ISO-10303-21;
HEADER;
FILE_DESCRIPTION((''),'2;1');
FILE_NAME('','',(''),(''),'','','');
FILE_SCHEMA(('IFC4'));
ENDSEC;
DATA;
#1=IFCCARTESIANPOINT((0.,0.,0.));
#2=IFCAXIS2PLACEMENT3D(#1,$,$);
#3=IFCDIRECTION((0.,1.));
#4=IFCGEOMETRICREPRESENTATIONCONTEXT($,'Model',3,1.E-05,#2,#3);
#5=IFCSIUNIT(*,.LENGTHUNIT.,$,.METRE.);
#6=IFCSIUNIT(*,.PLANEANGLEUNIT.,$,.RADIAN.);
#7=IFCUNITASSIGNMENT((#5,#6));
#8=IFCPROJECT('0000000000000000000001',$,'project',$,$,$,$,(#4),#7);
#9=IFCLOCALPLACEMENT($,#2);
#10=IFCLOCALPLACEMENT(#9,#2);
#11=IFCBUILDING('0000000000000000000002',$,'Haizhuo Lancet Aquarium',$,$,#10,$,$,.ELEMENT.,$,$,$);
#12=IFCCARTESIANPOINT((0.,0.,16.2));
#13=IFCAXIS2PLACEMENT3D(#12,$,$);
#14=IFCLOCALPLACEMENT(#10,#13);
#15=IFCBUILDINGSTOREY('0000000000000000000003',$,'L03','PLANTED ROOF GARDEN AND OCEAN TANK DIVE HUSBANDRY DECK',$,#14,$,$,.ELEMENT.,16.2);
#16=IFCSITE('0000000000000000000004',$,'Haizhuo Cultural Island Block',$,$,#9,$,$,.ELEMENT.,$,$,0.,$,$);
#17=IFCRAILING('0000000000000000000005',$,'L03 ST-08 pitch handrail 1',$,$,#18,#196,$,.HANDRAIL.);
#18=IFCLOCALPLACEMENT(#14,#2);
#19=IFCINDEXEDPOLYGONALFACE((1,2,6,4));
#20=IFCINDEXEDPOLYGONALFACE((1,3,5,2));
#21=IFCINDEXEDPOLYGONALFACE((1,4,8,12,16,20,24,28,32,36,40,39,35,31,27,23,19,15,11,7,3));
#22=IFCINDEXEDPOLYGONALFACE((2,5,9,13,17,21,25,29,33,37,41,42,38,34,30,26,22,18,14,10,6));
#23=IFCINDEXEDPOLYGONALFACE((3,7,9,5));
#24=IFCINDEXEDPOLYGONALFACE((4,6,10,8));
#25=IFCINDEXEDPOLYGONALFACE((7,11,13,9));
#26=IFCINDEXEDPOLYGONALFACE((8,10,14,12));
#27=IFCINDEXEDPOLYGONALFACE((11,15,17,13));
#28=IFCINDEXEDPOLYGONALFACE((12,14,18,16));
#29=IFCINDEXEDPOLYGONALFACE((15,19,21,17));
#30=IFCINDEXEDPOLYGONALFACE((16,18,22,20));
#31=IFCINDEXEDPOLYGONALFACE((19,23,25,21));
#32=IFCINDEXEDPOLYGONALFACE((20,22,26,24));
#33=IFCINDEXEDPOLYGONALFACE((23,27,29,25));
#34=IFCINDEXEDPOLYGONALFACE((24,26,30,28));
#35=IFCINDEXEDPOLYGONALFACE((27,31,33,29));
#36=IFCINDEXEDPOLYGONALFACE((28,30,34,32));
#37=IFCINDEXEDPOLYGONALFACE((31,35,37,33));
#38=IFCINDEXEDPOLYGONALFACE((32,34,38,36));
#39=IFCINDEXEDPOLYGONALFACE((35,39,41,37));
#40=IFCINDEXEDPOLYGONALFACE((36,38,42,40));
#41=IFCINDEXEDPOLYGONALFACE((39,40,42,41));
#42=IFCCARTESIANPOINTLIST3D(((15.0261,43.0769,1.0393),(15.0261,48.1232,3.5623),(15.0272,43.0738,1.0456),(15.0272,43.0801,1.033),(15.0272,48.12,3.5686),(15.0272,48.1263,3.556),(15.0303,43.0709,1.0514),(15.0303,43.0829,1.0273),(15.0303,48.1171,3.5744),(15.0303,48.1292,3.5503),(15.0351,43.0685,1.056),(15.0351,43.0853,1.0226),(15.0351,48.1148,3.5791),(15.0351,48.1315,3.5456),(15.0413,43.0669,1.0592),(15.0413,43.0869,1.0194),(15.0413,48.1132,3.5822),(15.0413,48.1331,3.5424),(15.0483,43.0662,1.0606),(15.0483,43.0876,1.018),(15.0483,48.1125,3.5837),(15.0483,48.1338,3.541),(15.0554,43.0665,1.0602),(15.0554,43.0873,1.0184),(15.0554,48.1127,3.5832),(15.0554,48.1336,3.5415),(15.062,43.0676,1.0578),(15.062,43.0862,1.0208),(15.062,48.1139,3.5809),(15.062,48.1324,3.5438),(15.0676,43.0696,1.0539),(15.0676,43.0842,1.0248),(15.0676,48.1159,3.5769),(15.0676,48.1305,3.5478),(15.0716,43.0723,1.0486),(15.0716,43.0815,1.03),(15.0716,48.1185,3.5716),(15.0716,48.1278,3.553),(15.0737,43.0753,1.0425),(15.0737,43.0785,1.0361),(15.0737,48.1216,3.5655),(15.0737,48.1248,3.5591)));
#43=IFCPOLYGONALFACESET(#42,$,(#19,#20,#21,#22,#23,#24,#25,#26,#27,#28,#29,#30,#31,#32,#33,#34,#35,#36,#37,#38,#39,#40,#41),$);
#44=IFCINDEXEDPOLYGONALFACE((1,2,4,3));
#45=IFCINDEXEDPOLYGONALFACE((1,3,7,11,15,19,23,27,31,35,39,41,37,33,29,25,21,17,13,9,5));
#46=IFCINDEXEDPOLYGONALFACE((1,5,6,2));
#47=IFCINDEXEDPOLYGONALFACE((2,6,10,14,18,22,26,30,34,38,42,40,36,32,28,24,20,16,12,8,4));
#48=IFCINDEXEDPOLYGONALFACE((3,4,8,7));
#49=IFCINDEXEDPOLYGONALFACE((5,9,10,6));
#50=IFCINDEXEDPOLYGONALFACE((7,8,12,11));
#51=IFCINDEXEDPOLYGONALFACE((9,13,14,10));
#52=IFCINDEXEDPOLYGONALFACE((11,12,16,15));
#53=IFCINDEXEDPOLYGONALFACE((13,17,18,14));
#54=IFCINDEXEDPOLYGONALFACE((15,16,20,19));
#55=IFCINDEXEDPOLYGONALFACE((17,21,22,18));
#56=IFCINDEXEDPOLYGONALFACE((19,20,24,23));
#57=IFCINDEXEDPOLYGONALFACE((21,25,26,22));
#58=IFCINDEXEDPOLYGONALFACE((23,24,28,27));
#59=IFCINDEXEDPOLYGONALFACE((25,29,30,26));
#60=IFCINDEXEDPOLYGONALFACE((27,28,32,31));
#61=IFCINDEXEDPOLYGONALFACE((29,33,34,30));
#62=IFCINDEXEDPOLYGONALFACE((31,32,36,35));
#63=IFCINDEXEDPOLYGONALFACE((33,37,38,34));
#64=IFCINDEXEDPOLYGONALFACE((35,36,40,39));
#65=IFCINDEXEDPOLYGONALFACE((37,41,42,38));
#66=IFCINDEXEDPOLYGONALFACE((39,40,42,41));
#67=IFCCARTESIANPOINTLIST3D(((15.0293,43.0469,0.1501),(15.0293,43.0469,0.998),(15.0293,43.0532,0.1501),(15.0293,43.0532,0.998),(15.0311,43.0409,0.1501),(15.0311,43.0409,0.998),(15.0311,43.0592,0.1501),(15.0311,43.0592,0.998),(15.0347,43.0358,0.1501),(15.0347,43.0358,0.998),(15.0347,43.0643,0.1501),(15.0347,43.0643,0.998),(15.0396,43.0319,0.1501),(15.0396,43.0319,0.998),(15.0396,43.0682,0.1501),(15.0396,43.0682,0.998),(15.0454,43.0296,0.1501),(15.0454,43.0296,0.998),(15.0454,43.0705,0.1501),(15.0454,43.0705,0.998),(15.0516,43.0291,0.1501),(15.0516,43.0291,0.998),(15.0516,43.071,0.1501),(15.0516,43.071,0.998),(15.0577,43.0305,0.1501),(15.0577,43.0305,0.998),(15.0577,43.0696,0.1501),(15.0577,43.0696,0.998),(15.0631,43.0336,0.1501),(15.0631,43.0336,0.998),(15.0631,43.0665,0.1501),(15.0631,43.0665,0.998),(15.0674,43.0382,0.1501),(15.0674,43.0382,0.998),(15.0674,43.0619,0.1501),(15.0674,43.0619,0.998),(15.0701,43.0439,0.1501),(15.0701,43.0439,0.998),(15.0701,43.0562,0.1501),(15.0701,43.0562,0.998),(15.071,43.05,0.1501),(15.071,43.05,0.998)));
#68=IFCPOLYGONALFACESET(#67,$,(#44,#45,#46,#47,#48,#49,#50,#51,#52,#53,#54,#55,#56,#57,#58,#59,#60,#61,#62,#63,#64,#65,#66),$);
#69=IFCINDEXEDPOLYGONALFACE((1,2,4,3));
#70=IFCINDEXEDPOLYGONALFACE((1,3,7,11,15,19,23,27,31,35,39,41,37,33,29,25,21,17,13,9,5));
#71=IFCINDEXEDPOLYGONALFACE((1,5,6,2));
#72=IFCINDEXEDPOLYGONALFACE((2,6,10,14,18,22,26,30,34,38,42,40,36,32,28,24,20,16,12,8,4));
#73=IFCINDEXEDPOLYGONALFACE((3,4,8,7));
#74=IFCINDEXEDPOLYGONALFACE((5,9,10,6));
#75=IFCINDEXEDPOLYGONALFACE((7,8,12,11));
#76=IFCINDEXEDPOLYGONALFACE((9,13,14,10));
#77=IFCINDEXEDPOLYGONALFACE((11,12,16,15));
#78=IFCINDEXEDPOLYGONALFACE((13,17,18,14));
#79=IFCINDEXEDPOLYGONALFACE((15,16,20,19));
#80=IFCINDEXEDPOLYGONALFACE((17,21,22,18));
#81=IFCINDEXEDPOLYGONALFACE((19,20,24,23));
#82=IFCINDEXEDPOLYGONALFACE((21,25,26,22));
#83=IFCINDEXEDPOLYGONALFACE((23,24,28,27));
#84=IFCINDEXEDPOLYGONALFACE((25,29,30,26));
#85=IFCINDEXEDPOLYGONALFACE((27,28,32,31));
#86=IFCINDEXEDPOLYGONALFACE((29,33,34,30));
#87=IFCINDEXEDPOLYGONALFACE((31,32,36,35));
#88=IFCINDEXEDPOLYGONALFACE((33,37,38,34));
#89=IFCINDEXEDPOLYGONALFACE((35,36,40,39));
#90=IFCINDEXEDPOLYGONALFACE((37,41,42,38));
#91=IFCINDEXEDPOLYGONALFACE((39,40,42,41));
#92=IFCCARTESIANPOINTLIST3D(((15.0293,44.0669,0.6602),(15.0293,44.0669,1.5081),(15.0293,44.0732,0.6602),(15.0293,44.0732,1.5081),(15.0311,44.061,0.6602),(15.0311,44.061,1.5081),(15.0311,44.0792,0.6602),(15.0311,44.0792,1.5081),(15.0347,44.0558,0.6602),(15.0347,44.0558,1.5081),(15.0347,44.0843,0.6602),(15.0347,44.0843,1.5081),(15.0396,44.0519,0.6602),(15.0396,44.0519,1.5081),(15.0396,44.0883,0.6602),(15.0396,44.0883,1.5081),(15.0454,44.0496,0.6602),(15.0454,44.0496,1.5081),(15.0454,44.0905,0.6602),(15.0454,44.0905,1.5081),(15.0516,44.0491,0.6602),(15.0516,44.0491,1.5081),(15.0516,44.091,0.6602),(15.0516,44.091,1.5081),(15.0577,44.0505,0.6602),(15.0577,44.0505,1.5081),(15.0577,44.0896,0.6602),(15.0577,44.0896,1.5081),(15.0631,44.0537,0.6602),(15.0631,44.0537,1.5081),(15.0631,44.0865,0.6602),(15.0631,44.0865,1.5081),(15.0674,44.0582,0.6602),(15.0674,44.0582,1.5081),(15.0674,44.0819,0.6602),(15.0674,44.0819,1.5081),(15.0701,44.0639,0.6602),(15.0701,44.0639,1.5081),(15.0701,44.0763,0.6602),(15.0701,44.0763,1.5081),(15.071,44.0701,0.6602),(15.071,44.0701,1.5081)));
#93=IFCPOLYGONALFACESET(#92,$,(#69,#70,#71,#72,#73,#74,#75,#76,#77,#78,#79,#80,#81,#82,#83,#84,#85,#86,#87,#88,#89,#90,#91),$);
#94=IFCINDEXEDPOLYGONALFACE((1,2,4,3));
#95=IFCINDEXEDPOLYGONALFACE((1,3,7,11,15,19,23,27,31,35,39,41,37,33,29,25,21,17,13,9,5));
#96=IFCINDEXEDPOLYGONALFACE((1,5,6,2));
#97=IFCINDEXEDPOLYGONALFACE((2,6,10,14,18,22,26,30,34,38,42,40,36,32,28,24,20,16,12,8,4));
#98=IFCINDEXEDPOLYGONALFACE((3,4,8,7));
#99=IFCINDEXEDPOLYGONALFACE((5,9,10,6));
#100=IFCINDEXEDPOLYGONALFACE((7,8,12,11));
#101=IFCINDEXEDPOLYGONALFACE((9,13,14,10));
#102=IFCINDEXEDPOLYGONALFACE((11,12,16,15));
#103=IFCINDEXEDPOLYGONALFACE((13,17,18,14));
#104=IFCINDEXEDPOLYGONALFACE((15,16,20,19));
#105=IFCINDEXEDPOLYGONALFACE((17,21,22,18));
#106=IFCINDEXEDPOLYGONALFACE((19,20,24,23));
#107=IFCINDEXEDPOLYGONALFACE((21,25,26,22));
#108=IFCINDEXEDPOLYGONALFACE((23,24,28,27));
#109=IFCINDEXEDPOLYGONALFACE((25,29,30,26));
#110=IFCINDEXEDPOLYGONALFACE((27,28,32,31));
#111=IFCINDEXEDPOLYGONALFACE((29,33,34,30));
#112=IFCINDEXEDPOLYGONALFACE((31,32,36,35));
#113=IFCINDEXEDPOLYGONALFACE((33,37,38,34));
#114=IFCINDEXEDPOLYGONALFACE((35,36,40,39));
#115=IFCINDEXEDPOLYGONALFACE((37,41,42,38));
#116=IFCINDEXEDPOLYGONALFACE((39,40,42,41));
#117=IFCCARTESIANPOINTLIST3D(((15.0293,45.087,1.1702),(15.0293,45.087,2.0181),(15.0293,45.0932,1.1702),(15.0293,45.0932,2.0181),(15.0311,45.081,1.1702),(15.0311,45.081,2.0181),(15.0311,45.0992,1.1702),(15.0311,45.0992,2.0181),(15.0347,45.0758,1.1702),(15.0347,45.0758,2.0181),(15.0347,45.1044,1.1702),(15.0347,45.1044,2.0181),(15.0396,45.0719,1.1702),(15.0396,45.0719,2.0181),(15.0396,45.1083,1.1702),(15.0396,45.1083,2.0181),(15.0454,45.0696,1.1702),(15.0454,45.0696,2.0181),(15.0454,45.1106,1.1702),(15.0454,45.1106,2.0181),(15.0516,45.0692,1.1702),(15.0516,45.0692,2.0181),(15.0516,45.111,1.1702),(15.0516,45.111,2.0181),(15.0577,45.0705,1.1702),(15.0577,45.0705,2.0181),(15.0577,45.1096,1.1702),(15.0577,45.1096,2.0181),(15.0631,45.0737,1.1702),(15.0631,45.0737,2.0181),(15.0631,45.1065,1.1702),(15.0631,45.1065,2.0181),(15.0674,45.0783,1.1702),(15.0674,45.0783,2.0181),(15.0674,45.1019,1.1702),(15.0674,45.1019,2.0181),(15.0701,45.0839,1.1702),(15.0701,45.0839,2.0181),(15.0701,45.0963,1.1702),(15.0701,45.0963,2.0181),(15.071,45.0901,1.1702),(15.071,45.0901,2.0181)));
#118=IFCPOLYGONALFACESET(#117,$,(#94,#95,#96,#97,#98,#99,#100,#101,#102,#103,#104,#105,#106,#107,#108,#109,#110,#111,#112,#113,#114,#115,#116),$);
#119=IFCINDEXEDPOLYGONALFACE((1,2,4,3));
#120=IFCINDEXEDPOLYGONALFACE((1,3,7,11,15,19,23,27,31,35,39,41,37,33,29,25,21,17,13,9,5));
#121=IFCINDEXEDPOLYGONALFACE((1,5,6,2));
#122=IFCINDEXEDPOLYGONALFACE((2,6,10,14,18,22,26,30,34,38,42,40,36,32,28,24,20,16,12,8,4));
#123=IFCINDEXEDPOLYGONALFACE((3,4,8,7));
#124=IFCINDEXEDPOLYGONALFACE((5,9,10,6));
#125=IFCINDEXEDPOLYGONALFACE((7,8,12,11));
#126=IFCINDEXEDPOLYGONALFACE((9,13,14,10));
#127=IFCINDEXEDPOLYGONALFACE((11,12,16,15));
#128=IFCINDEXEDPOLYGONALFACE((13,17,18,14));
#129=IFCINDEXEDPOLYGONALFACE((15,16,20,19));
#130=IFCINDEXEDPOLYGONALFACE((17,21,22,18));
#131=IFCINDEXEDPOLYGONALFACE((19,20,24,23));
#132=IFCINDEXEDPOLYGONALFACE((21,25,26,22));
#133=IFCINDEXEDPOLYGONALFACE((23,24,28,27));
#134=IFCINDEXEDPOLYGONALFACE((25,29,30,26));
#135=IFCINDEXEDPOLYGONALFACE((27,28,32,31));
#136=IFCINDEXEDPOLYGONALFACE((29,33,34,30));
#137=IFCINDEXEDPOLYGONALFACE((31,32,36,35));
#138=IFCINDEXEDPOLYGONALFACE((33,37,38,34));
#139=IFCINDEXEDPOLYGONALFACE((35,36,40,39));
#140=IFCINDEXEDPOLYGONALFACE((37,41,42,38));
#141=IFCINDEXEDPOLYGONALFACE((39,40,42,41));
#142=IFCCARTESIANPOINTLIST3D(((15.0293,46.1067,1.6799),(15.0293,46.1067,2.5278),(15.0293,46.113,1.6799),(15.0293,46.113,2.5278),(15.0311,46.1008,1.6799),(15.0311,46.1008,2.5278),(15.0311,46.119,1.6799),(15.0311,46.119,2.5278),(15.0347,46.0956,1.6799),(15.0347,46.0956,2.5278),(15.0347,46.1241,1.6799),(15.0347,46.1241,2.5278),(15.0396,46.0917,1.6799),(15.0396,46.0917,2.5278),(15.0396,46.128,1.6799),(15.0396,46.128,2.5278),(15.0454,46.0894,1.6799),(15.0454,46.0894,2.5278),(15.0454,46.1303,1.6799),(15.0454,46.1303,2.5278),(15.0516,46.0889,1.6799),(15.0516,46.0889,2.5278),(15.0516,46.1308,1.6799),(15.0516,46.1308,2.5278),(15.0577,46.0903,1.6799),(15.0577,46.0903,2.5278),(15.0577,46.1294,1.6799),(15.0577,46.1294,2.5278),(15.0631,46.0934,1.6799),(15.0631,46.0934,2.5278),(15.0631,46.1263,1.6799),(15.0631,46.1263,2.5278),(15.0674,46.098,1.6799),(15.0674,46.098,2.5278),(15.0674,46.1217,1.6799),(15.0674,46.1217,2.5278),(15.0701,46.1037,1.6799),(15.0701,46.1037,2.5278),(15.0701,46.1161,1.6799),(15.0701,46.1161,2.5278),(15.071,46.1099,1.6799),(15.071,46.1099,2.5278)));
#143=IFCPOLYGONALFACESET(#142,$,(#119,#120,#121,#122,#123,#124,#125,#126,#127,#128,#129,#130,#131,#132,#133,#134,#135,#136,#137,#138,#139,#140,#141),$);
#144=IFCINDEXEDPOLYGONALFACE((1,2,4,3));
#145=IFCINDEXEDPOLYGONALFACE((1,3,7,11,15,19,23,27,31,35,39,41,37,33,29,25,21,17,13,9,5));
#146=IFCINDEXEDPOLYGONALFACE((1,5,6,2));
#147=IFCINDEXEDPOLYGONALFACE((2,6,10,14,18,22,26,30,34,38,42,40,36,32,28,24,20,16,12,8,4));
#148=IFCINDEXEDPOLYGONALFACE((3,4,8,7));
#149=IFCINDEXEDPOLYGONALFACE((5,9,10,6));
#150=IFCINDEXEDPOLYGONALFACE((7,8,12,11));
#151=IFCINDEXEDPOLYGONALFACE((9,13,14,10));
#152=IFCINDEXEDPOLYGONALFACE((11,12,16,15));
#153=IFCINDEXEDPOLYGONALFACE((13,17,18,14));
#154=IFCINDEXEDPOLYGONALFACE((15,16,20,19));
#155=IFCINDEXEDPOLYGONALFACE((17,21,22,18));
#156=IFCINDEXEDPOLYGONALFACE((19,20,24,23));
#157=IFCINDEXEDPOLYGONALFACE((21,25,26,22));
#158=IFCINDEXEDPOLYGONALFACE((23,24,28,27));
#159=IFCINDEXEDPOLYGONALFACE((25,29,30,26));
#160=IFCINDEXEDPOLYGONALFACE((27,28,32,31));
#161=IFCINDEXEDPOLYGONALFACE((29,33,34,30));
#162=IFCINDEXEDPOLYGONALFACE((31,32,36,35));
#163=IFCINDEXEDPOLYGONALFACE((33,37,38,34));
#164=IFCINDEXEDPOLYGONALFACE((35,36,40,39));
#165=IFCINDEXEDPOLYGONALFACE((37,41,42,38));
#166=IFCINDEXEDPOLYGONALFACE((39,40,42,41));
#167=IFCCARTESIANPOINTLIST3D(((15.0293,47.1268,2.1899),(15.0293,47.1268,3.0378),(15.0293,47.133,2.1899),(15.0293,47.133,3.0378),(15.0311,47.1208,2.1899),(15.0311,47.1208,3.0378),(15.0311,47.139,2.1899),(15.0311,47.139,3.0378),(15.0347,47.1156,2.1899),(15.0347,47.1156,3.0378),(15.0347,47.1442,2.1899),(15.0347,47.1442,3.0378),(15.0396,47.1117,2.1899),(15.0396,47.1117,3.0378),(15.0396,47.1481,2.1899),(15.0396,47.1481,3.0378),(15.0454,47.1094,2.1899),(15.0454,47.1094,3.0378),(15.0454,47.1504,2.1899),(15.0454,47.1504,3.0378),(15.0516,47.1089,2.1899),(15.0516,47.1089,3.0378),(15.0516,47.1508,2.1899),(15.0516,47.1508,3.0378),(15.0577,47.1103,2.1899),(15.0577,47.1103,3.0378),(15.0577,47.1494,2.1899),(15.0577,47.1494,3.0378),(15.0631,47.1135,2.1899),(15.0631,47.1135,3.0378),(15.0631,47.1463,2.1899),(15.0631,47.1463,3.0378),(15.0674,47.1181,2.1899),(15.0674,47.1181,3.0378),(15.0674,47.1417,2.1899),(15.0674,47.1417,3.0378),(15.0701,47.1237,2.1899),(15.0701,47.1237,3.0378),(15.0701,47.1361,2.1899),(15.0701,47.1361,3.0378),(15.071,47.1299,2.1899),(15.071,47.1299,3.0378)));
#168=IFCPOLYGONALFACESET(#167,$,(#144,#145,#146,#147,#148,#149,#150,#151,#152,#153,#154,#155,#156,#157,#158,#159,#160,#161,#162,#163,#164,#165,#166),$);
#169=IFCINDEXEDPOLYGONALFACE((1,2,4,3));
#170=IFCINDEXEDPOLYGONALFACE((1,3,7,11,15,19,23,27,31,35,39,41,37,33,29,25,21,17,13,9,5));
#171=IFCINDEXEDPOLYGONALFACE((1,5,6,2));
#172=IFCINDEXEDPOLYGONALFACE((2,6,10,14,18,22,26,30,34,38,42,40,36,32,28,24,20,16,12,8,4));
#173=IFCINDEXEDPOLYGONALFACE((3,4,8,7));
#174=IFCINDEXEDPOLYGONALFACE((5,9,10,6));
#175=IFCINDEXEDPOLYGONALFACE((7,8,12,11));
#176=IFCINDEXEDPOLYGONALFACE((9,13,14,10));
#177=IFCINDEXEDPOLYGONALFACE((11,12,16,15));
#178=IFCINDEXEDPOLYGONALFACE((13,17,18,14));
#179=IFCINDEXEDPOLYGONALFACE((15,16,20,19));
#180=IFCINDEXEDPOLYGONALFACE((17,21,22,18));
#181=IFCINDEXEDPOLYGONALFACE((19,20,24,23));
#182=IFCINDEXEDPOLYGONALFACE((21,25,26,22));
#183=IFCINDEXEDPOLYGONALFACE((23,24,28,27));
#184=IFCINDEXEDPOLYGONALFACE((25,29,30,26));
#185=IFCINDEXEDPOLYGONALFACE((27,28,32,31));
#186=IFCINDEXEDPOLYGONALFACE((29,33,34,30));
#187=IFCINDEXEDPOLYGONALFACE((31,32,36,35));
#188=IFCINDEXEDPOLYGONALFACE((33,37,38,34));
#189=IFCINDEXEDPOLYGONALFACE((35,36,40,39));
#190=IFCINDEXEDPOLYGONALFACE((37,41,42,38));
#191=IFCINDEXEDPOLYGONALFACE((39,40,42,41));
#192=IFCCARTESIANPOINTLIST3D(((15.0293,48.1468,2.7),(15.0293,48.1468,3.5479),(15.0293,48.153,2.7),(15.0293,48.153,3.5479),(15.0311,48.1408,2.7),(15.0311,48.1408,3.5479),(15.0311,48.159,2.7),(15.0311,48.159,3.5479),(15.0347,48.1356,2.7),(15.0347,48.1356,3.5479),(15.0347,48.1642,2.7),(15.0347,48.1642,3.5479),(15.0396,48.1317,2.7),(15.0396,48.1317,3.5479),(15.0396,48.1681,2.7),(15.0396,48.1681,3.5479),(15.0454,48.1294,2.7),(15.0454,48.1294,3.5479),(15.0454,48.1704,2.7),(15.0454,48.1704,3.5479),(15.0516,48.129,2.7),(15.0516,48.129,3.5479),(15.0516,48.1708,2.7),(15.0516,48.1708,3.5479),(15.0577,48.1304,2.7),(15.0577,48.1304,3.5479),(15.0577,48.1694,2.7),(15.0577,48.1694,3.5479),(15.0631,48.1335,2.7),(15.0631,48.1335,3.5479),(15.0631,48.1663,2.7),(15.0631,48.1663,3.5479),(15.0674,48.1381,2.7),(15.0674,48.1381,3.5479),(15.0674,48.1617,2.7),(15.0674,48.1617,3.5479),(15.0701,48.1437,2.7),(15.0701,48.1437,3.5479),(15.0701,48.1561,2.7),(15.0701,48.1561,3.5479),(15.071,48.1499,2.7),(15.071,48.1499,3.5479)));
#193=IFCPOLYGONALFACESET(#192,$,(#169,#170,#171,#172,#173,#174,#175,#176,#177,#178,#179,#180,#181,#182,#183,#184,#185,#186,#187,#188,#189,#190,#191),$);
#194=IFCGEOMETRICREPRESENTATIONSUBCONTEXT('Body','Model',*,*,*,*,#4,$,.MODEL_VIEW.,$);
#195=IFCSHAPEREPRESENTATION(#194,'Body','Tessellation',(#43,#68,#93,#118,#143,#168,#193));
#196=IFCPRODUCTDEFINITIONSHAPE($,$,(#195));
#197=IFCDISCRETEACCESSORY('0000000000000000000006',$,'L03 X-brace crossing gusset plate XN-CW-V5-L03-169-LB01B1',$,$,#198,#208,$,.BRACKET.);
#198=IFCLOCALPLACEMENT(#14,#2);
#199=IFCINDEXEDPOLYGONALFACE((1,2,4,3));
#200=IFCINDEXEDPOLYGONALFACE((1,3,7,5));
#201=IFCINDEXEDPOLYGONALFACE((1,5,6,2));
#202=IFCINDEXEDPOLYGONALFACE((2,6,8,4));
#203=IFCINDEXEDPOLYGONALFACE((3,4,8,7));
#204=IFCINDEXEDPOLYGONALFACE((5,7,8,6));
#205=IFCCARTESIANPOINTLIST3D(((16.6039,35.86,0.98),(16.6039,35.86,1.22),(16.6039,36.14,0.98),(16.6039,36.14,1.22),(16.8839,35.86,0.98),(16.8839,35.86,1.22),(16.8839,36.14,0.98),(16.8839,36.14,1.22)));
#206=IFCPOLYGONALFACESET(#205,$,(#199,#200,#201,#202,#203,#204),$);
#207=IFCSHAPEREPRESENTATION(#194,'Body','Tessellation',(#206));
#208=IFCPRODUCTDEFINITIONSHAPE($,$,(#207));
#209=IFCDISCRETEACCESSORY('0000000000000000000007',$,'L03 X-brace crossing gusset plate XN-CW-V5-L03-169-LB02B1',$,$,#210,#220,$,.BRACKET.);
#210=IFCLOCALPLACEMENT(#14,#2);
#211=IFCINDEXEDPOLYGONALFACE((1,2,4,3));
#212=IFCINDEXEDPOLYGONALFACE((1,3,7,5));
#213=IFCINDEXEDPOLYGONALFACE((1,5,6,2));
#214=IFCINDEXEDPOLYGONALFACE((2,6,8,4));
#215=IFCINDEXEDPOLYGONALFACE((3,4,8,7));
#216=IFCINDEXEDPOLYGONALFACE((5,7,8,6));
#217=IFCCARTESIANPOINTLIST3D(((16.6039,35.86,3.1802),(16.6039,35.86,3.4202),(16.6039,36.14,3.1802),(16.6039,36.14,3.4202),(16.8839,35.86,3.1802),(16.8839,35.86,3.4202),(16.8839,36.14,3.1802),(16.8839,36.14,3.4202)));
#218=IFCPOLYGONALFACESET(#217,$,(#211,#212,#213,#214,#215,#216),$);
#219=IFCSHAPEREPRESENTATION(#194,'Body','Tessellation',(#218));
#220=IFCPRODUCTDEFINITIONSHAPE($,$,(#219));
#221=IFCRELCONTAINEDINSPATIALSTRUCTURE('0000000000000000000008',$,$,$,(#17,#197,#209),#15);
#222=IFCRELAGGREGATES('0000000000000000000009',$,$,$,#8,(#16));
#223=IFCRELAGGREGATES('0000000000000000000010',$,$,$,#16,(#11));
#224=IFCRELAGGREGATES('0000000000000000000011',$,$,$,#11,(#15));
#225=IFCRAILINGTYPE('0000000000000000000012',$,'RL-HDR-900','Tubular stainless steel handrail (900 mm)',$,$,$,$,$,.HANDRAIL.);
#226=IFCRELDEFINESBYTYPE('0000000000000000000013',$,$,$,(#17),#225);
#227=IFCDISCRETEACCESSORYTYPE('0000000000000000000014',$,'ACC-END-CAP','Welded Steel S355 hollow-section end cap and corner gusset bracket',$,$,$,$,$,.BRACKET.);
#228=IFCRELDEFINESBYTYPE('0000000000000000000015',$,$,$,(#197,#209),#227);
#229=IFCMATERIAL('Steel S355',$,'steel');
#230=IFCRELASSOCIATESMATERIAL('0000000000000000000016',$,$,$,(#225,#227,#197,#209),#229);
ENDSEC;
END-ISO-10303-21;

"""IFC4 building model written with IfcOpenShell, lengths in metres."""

from ifc_helpers import new_model, si_unit, direction, frame, origin, origin_2d, place, context, subcontext, project, spatial, rectangle, circle, extrude, material, type_object, element, save


model = new_model("IFC4")

# Units and contexts
model_context = context("Model", 3, precision=1e-05, world=origin(), true_north=direction((0.0, 1.0)))
body_context = subcontext(model_context, "Body", "Model", "MODEL_VIEW")
ifc_project = project(units=[si_unit("LENGTHUNIT", "METRE"), si_unit("PLANEANGLEUNIT", "RADIAN")], contexts=[model_context])

# Site, building, storey
site_placement = place(None, origin())
site = spatial("IfcSite", under=ifc_project, at=site_placement, Name="Haizhuo Cultural Island Block", CompositionType="ELEMENT", RefElevation=0.0)
building_placement = place(site_placement, origin())
building = spatial("IfcBuilding", under=site, at=building_placement, Name="Haizhuo Lancet Aquarium", CompositionType="ELEMENT")
storey_placement = place(building_placement, frame((0.0, 0.0, 16.2)))
storey = spatial("IfcBuildingStorey", under=building, at=storey_placement, Name="L03", Description="PLANTED ROOF GARDEN AND OCEAN TANK DIVE HUSBANDRY DECK", CompositionType="ELEMENT", Elevation=16.2)

# Shared definitions
ifc_material_1 = material(Name="Steel S355", Category="steel")

# Railing
railing_type_1 = type_object("IfcRailingType", Name="RL-HDR-900", Description="Tubular stainless steel handrail (900 mm)", PredefinedType="HANDRAIL", material=ifc_material_1)
railing_1_placement = place(storey_placement, frame((15.05, 43.05, 0.1501)))
element("IfcRailing", 1, at=railing_1_placement, inside=storey, type_object=railing_type_1, Name="L03 ST-08 pitch handrail 1", PredefinedType="HANDRAIL", context=body_context, shape_type="SweptSolid", body=[
    extrude(circle(Radius=0.0239, at=origin_2d()), frame((0.0, 0.0269, 0.8892), z_axis=(0.0, 0.894436, 0.447196), x_axis=(-1.0, 0.0, 0.0)), (0.0, 0.0, 1.0), 5.6418),
    extrude(circle(Radius=0.021, at=origin_2d()), origin(), (0.0, 0.0, 1.0), 0.8479),
    extrude(circle(Radius=0.021, at=origin_2d()), frame((0.0, 1.02, 0.51)), (0.0, 0.0, 1.0), 0.8479),
    extrude(circle(Radius=0.021, at=origin_2d()), frame((0.0, 2.04, 1.02)), (0.0, 0.0, 1.0), 0.8479),
    extrude(circle(Radius=0.021, at=origin_2d()), frame((0.0, 3.0598, 1.5298)), (0.0, 0.0, 1.0), 0.8479),
    extrude(circle(Radius=0.021, at=origin_2d()), frame((0.0, 4.0798, 2.0398)), (0.0, 0.0, 1.0), 0.8479),
    extrude(circle(Radius=0.021, at=origin_2d()), frame((0.0, 5.0999, 2.5498)), (0.0, 0.0, 1.0), 0.8479),
])

# Discrete accessories
discrete_accessory_type = type_object("IfcDiscreteAccessoryType", Name="ACC-END-CAP", Description="Welded Steel S355 hollow-section end cap and corner gusset bracket", PredefinedType="BRACKET", material=ifc_material_1)
for number, where, z_axis, x_axis, name in (
    (2, (16.7439, 36.0, 0.98), (0.0, 0.0, 1.0), (1.0, 0.0, 0.0), "L03 X-brace crossing gusset plate XN-CW-V5-L03-169-LB01B1"),
    (3, (16.7439, 36.0, 3.1802), (0.0, 0.0, 1.0), (1.0, 0.0, 0.0), "L03 X-brace crossing gusset plate XN-CW-V5-L03-169-LB02B1"),
):
    element("IfcDiscreteAccessory", number, at=place(storey_placement, frame(where, z_axis=z_axis, x_axis=x_axis)), inside=storey, type_object=discrete_accessory_type, material=ifc_material_1, Name=name, PredefinedType="BRACKET", context=body_context, shape_type="SweptSolid", body=[
        extrude(rectangle(XDim=0.28, YDim=0.28, at=origin_2d()), origin(), (0.0, 0.0, 1.0), 0.24),
    ])

save(model, "model.ifc")
